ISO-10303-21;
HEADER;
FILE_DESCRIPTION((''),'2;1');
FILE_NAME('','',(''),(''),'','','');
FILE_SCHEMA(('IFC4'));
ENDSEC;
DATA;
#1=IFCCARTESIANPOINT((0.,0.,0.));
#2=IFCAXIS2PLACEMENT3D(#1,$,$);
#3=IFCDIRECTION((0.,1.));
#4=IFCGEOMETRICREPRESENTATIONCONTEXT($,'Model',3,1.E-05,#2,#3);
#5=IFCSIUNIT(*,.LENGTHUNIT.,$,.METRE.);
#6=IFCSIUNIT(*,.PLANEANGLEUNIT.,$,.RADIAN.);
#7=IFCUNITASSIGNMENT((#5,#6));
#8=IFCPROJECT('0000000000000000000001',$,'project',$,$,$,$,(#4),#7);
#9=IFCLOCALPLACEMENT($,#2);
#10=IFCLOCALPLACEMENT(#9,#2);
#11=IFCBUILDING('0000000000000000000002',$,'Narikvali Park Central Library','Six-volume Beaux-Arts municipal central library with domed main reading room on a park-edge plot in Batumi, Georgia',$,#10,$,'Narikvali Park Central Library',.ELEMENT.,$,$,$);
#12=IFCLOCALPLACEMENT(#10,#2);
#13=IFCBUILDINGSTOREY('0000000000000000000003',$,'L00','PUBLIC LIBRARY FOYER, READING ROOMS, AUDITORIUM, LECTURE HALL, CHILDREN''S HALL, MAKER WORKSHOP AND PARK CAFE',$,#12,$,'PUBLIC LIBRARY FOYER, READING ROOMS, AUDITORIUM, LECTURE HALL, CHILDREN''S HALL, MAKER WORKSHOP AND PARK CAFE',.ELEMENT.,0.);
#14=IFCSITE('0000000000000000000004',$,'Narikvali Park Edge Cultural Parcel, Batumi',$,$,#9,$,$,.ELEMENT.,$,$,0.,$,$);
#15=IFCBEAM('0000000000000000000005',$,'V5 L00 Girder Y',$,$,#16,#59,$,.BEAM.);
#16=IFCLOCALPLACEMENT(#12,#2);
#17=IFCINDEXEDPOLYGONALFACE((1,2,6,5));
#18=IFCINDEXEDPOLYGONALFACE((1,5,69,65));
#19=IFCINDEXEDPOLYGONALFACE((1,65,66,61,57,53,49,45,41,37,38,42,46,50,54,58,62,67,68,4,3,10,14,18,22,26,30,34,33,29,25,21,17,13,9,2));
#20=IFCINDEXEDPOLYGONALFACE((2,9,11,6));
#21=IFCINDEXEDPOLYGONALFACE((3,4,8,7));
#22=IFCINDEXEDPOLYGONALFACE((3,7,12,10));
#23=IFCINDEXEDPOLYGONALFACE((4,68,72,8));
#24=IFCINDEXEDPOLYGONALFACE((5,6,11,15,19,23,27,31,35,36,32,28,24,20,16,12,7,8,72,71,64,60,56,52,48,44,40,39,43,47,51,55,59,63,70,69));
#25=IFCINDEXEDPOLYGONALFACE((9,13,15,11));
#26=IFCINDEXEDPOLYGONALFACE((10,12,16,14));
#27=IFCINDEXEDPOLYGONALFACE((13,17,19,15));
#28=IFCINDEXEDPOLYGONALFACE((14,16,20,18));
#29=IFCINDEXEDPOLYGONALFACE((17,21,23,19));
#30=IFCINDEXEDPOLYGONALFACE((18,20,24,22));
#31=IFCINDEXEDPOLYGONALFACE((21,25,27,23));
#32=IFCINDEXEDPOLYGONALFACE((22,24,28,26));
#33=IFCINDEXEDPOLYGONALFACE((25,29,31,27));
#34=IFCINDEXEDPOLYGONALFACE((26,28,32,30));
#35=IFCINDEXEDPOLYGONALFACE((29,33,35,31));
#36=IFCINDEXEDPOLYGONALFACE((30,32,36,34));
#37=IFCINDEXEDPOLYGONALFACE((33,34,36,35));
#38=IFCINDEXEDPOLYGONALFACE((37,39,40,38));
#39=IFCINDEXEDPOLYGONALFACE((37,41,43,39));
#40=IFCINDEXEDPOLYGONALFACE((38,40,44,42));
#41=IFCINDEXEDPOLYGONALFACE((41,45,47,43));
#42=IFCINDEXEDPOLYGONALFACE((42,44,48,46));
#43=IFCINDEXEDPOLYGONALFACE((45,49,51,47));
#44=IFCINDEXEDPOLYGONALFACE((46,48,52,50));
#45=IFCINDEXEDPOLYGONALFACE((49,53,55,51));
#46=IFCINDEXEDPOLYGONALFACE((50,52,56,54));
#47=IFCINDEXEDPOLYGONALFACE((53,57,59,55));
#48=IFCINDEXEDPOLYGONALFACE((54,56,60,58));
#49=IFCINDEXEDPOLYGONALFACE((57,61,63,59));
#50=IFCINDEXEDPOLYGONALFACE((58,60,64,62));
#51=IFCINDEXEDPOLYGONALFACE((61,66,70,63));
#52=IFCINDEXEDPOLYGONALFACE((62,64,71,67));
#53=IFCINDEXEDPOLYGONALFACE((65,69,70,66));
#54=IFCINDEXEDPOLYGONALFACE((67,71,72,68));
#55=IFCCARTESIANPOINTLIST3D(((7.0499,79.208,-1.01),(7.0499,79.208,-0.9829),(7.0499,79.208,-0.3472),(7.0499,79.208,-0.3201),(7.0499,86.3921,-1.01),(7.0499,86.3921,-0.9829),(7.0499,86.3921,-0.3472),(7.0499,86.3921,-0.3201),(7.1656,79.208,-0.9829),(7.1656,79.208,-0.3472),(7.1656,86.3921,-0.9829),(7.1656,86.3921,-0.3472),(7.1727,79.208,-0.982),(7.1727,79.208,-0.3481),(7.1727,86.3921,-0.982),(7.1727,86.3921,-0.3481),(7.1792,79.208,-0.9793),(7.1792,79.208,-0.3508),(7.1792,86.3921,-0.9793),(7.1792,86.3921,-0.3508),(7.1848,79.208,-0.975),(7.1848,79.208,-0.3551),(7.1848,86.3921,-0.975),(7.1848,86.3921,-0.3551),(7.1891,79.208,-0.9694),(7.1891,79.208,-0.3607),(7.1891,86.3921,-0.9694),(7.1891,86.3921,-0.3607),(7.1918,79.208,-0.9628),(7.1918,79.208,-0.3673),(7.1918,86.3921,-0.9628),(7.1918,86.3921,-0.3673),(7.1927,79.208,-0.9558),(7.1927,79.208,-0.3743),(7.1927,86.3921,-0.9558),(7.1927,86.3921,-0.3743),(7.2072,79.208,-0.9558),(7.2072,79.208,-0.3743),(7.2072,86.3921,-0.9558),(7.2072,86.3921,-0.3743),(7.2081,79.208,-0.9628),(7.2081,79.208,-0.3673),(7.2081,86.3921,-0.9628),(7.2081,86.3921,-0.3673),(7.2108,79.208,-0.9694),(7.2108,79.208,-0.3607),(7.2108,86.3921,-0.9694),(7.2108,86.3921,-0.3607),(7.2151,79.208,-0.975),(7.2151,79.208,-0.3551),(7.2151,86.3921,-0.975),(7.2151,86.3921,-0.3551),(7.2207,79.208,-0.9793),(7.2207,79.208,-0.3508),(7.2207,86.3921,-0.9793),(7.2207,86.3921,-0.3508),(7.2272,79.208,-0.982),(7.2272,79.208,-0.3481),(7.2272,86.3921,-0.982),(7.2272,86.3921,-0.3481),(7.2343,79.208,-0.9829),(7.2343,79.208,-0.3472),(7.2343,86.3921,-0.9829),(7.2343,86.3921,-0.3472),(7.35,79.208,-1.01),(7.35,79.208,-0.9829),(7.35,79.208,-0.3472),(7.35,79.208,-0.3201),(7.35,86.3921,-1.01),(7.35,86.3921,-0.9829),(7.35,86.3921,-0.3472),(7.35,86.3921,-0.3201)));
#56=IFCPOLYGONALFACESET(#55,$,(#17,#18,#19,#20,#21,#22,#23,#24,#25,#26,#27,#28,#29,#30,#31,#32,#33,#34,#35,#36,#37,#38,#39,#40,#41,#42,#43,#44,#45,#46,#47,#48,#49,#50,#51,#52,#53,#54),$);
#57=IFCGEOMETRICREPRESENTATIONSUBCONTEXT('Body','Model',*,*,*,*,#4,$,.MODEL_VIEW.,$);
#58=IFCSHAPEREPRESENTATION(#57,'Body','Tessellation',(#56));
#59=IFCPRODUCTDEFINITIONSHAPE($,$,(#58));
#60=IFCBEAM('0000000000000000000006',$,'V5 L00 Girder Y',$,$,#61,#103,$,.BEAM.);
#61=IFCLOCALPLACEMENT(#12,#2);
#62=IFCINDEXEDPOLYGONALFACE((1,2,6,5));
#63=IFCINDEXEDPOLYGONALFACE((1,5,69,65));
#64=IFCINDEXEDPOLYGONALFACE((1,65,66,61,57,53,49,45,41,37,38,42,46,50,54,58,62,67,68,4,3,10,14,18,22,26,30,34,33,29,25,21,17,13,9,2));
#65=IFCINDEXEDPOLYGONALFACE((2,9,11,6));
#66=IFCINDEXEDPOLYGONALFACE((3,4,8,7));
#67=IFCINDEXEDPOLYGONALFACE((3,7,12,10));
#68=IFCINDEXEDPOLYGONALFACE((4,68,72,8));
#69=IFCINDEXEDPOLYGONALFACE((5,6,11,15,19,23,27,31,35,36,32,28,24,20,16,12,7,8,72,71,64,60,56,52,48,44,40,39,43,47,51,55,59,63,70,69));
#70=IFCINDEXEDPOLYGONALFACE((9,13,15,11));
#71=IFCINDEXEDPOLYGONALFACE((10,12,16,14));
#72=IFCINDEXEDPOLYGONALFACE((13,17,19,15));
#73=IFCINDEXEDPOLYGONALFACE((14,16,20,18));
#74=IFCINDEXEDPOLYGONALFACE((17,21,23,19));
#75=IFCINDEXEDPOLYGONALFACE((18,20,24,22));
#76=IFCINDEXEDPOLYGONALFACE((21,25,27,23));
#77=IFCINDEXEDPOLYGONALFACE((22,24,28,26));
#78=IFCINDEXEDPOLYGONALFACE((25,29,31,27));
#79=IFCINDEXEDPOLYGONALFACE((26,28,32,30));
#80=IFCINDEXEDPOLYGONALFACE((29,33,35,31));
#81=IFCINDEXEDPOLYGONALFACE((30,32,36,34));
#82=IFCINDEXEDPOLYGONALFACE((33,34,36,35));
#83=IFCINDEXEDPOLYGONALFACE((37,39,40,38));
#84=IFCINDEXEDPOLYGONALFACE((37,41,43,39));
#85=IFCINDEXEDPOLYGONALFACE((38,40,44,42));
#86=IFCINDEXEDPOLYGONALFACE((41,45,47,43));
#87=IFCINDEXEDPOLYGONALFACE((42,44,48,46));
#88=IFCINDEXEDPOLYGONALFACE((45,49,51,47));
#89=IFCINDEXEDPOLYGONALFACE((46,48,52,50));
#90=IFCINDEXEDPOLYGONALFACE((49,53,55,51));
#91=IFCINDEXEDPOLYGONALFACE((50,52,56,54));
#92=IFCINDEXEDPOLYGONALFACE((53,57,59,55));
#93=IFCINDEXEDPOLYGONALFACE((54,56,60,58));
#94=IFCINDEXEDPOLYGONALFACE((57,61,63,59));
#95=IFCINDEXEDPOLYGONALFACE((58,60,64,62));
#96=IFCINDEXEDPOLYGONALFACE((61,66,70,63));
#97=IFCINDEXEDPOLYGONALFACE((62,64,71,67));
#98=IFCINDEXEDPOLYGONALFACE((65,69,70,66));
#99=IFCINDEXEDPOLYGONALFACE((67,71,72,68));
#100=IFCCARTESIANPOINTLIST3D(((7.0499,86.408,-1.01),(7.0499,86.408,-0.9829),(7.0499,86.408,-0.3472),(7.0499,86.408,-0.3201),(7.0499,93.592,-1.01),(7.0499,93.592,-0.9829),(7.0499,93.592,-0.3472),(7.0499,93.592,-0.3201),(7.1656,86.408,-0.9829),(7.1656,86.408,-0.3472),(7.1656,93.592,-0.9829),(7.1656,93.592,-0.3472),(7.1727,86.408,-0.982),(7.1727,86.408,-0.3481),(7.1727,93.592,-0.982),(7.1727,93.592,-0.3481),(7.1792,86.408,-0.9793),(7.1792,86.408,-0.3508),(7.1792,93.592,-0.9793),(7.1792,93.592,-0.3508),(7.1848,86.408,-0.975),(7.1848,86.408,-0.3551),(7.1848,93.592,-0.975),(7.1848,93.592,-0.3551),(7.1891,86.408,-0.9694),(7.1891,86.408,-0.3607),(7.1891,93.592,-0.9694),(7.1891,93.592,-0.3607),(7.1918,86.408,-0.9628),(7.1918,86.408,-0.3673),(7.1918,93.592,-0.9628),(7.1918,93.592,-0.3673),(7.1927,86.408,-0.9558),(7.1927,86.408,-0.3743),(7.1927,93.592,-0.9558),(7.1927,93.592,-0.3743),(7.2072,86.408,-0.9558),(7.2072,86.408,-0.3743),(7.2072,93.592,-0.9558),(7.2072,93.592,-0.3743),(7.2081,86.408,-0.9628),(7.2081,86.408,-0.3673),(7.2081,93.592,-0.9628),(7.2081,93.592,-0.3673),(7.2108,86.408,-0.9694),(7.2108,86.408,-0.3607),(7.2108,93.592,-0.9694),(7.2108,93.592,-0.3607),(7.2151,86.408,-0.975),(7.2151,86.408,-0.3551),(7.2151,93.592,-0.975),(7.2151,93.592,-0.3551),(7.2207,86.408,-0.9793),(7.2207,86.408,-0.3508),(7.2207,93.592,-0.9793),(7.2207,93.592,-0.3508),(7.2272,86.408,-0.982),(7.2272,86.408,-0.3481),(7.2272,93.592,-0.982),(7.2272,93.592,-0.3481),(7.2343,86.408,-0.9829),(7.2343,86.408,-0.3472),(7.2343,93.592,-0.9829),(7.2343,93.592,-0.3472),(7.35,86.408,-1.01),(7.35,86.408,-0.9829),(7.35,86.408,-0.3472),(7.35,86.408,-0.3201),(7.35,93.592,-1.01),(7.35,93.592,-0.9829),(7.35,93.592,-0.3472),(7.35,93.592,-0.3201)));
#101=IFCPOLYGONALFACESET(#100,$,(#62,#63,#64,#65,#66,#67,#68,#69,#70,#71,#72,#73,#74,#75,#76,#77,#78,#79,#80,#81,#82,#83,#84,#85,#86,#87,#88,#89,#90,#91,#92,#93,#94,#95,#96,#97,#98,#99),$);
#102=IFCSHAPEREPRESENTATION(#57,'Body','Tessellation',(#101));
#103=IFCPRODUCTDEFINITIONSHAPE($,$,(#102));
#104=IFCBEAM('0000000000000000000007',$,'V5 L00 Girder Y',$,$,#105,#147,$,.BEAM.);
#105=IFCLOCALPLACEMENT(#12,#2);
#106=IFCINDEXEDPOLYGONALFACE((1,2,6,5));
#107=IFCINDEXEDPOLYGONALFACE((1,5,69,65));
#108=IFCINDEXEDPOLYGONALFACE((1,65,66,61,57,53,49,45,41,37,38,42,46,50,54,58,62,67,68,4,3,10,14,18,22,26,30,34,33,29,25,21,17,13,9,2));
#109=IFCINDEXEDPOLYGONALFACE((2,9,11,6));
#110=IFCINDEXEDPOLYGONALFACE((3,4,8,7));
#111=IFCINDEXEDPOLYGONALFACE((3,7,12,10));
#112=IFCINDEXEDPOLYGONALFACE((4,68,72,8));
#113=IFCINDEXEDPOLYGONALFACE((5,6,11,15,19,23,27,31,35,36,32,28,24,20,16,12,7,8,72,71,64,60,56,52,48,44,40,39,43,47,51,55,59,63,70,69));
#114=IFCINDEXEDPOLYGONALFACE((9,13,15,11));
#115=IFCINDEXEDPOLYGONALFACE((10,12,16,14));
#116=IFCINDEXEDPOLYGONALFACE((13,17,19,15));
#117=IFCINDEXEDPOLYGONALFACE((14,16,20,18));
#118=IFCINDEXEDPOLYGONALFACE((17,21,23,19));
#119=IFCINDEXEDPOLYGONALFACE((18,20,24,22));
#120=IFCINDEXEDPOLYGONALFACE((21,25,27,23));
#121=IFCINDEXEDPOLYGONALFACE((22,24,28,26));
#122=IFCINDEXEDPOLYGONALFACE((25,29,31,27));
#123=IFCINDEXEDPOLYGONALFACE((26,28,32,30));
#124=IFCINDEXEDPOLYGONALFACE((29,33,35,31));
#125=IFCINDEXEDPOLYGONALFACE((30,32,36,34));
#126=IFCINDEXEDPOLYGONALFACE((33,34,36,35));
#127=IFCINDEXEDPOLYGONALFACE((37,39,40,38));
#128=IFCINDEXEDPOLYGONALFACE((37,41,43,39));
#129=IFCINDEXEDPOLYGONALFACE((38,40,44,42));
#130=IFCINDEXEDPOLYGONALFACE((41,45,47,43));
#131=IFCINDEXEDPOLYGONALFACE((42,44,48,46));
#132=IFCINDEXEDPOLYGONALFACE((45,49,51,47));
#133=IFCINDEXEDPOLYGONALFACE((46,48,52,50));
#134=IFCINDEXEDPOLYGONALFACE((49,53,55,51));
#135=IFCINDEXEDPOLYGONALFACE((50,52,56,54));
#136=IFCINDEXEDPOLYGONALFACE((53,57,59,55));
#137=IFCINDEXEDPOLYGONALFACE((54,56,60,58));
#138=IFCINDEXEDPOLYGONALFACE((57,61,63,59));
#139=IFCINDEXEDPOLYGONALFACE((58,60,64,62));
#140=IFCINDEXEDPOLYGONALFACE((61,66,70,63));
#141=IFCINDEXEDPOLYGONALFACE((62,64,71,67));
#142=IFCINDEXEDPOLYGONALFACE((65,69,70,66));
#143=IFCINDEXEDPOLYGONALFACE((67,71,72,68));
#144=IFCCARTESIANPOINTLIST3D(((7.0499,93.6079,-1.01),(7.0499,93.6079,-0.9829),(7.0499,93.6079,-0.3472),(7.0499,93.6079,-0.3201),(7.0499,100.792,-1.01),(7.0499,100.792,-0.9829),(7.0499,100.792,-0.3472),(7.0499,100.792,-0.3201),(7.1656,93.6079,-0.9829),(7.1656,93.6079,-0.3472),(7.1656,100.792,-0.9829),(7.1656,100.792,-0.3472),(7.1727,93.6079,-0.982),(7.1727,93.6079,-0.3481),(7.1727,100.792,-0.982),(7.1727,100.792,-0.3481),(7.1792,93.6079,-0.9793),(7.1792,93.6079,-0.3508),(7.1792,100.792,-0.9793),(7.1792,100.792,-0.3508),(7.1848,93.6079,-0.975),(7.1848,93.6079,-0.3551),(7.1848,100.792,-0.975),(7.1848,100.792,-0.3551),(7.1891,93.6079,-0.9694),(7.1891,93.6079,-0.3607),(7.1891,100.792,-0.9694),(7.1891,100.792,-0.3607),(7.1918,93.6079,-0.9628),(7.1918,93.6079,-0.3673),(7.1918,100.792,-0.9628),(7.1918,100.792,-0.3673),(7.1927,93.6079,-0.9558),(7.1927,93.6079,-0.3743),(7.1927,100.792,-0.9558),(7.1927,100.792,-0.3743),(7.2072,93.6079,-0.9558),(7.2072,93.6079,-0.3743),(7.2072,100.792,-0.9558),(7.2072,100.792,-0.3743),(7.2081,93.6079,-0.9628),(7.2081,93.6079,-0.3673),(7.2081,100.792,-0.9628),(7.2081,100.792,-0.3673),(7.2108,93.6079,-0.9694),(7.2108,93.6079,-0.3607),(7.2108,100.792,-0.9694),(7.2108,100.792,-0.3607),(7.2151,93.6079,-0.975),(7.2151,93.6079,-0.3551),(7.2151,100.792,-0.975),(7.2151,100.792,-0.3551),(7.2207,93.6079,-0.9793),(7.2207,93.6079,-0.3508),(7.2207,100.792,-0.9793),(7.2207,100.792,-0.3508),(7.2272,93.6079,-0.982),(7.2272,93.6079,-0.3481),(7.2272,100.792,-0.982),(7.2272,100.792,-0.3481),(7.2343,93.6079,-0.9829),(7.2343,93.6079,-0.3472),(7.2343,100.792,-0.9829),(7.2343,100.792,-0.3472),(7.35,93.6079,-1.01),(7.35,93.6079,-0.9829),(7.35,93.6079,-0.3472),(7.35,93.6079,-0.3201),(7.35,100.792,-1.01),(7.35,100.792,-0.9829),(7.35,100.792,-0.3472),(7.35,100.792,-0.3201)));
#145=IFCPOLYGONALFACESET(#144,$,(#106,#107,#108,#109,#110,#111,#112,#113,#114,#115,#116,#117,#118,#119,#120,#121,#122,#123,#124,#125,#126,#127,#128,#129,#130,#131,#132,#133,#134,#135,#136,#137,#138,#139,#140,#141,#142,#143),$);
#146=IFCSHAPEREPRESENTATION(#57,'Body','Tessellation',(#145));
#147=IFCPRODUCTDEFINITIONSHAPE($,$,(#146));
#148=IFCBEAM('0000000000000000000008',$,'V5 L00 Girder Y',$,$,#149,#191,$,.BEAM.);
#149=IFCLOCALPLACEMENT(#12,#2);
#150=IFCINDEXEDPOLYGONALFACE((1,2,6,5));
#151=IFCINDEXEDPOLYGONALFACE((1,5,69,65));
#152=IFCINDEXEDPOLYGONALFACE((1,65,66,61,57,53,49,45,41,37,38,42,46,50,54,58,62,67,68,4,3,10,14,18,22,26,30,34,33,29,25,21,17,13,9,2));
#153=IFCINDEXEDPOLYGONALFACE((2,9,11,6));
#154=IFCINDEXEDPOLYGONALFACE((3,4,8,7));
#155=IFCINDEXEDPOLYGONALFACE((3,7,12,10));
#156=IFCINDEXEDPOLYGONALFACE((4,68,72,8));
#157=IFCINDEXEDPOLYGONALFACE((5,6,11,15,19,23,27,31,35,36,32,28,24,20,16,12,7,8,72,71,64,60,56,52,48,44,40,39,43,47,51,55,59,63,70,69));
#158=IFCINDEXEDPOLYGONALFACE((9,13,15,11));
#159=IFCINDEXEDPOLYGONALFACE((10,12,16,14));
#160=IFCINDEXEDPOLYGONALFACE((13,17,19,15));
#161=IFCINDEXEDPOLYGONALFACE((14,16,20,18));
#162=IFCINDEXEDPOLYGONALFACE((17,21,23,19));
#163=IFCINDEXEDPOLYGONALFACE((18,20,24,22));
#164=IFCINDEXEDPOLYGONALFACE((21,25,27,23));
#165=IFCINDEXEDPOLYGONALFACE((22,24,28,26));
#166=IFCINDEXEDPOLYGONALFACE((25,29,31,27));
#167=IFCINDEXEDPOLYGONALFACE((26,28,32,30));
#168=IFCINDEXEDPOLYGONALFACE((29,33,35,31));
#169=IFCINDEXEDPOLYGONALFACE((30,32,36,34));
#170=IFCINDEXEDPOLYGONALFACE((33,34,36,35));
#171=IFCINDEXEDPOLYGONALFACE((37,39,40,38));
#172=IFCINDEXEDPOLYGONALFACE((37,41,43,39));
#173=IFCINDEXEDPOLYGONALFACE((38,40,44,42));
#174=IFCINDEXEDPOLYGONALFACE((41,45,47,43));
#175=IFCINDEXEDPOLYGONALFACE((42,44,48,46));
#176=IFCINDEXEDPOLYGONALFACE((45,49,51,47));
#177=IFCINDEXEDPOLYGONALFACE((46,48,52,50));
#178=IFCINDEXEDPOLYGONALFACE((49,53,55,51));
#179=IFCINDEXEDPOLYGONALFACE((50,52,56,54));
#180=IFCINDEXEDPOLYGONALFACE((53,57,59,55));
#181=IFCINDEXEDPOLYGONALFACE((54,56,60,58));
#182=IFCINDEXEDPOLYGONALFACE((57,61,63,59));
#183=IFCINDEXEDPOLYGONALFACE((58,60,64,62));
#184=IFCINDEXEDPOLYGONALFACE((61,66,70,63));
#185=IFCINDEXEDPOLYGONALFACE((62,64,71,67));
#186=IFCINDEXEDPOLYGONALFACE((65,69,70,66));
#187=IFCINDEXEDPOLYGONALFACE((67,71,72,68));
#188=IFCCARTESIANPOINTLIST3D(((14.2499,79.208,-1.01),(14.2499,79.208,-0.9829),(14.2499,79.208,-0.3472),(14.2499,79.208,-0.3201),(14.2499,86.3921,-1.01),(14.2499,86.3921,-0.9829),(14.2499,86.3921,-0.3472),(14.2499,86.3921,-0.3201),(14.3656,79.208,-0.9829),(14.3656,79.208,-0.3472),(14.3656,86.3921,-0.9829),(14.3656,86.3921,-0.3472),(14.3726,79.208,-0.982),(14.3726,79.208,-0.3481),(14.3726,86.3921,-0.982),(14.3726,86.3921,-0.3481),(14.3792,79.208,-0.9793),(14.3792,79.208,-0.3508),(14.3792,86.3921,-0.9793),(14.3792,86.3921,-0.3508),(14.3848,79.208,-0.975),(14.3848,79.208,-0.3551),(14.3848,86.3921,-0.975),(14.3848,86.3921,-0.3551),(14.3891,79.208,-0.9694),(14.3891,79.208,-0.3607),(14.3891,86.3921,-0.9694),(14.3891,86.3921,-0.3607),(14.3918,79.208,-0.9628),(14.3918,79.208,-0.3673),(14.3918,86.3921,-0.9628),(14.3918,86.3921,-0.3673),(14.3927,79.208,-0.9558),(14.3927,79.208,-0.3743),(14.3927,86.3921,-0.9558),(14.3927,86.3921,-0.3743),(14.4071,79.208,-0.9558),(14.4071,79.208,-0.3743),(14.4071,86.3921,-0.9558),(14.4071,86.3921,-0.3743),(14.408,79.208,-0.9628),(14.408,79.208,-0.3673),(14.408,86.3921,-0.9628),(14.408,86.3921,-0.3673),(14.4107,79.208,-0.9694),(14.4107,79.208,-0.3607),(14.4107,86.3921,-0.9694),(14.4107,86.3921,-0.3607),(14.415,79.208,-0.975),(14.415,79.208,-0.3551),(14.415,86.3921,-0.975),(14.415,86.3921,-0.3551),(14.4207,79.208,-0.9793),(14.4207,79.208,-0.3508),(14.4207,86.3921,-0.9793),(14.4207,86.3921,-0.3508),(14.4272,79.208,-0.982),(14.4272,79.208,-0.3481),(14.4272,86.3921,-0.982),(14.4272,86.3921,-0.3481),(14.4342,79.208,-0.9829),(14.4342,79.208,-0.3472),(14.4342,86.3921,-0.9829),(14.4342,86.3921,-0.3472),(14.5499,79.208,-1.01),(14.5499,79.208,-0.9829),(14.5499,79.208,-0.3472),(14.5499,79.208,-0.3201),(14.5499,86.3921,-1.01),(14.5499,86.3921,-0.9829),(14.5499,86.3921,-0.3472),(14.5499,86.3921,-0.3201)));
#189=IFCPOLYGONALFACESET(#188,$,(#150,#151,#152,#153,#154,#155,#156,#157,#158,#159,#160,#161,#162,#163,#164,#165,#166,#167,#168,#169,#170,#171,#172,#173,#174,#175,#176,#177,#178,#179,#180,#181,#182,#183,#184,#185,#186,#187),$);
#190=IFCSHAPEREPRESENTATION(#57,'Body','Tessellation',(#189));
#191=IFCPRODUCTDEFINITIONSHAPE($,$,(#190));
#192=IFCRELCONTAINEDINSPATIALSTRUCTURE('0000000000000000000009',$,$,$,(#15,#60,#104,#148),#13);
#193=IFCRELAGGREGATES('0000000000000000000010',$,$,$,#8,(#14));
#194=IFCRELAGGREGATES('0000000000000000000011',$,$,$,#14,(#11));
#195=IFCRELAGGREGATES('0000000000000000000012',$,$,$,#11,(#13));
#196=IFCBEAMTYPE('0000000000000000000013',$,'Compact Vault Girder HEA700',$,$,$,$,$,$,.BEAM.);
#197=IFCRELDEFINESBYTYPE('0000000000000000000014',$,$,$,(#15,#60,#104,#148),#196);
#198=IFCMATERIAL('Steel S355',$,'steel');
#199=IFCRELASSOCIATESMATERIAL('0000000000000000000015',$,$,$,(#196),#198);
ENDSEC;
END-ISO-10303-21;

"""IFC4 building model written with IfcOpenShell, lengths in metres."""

from ifc_helpers import new_model, si_unit, direction, frame, origin, origin_2d, place, context, subcontext, project, spatial, i_section, extrude, material, material_profile, profile_set, type_object, element, save


model = new_model("IFC4")

# Units and contexts
model_context = context("Model", 3, precision=1e-05, world=origin(), true_north=direction((0.0, 1.0)))
body_context = subcontext(model_context, "Body", "Model", "MODEL_VIEW")
ifc_project = project(units=[si_unit("LENGTHUNIT", "METRE"), si_unit("PLANEANGLEUNIT", "RADIAN")], contexts=[model_context])

# Site, building, storey
site_placement = place(None, origin())
site = spatial("IfcSite", under=ifc_project, at=site_placement, Name="Narikvali Park Edge Cultural Parcel, Batumi", CompositionType="ELEMENT", RefElevation=0.0)
building_placement = place(site_placement, origin())
building = spatial("IfcBuilding", under=site, at=building_placement, Name="Narikvali Park Central Library", Description="Six-volume Beaux-Arts municipal central library with domed main reading room on a park-edge plot in Batumi, Georgia", LongName="Narikvali Park Central Library", CompositionType="ELEMENT")
storey_placement = place(building_placement, origin())
storey = spatial("IfcBuildingStorey", under=building, at=storey_placement, Name="L00", Description="PUBLIC LIBRARY FOYER, READING ROOMS, AUDITORIUM, LECTURE HALL, CHILDREN'S HALL, MAKER WORKSHOP AND PARK CAFE", LongName="PUBLIC LIBRARY FOYER, READING ROOMS, AUDITORIUM, LECTURE HALL, CHILDREN'S HALL, MAKER WORKSHOP AND PARK CAFE", CompositionType="ELEMENT", Elevation=0.0)

# Shared definitions
ifc_material_1 = material(Name="Steel S355", Category="steel")

# Beams
ifc_material_profile_1 = material_profile(ifc_material_1, i_section(OverallWidth=0.3, OverallDepth=0.6899, WebThickness=0.0144, FlangeThickness=0.0271, FilletRadius=0.0271, at=origin_2d()), Name="HEA 700")
ifc_profile_set_1 = profile_set([ifc_material_profile_1], Name="Steel S355")
beam_type_1 = type_object("IfcBeamType", Name="Compact Vault Girder HEA700", PredefinedType="BEAM", material=ifc_profile_set_1)
for number, where, z_axis, x_axis, name in (
    (1, (7.2, 79.208, -0.665), (0.0, 1.0, 0.0), (-1.0, 0.0, 0.0), "V5 L00 Girder Y"),
    (2, (7.2, 86.408, -0.665), (0.0, 1.0, 0.0), (-1.0, 0.0, 0.0), "V5 L00 Girder Y"),
    (3, (7.2, 93.6079, -0.665), (0.0, 1.0, 0.0), (-1.0, 0.0, 0.0), "V5 L00 Girder Y"),
    (4, (14.3999, 79.208, -0.665), (0.0, 1.0, 0.0), (-1.0, 0.0, 0.0), "V5 L00 Girder Y"),
):
    element("IfcBeam", number, at=place(storey_placement, frame(where, z_axis=z_axis, x_axis=x_axis)), inside=storey, type_object=beam_type_1, Name=name, PredefinedType="BEAM", context=body_context, shape_type="SweptSolid", body=[
        extrude(i_section(OverallWidth=0.3, OverallDepth=0.6899, WebThickness=0.0144, FlangeThickness=0.0271, FilletRadius=0.0271, at=origin_2d()), origin(), (0.0, 0.0, 1.0), 7.1841),
    ])

save(model, "model.ifc")
